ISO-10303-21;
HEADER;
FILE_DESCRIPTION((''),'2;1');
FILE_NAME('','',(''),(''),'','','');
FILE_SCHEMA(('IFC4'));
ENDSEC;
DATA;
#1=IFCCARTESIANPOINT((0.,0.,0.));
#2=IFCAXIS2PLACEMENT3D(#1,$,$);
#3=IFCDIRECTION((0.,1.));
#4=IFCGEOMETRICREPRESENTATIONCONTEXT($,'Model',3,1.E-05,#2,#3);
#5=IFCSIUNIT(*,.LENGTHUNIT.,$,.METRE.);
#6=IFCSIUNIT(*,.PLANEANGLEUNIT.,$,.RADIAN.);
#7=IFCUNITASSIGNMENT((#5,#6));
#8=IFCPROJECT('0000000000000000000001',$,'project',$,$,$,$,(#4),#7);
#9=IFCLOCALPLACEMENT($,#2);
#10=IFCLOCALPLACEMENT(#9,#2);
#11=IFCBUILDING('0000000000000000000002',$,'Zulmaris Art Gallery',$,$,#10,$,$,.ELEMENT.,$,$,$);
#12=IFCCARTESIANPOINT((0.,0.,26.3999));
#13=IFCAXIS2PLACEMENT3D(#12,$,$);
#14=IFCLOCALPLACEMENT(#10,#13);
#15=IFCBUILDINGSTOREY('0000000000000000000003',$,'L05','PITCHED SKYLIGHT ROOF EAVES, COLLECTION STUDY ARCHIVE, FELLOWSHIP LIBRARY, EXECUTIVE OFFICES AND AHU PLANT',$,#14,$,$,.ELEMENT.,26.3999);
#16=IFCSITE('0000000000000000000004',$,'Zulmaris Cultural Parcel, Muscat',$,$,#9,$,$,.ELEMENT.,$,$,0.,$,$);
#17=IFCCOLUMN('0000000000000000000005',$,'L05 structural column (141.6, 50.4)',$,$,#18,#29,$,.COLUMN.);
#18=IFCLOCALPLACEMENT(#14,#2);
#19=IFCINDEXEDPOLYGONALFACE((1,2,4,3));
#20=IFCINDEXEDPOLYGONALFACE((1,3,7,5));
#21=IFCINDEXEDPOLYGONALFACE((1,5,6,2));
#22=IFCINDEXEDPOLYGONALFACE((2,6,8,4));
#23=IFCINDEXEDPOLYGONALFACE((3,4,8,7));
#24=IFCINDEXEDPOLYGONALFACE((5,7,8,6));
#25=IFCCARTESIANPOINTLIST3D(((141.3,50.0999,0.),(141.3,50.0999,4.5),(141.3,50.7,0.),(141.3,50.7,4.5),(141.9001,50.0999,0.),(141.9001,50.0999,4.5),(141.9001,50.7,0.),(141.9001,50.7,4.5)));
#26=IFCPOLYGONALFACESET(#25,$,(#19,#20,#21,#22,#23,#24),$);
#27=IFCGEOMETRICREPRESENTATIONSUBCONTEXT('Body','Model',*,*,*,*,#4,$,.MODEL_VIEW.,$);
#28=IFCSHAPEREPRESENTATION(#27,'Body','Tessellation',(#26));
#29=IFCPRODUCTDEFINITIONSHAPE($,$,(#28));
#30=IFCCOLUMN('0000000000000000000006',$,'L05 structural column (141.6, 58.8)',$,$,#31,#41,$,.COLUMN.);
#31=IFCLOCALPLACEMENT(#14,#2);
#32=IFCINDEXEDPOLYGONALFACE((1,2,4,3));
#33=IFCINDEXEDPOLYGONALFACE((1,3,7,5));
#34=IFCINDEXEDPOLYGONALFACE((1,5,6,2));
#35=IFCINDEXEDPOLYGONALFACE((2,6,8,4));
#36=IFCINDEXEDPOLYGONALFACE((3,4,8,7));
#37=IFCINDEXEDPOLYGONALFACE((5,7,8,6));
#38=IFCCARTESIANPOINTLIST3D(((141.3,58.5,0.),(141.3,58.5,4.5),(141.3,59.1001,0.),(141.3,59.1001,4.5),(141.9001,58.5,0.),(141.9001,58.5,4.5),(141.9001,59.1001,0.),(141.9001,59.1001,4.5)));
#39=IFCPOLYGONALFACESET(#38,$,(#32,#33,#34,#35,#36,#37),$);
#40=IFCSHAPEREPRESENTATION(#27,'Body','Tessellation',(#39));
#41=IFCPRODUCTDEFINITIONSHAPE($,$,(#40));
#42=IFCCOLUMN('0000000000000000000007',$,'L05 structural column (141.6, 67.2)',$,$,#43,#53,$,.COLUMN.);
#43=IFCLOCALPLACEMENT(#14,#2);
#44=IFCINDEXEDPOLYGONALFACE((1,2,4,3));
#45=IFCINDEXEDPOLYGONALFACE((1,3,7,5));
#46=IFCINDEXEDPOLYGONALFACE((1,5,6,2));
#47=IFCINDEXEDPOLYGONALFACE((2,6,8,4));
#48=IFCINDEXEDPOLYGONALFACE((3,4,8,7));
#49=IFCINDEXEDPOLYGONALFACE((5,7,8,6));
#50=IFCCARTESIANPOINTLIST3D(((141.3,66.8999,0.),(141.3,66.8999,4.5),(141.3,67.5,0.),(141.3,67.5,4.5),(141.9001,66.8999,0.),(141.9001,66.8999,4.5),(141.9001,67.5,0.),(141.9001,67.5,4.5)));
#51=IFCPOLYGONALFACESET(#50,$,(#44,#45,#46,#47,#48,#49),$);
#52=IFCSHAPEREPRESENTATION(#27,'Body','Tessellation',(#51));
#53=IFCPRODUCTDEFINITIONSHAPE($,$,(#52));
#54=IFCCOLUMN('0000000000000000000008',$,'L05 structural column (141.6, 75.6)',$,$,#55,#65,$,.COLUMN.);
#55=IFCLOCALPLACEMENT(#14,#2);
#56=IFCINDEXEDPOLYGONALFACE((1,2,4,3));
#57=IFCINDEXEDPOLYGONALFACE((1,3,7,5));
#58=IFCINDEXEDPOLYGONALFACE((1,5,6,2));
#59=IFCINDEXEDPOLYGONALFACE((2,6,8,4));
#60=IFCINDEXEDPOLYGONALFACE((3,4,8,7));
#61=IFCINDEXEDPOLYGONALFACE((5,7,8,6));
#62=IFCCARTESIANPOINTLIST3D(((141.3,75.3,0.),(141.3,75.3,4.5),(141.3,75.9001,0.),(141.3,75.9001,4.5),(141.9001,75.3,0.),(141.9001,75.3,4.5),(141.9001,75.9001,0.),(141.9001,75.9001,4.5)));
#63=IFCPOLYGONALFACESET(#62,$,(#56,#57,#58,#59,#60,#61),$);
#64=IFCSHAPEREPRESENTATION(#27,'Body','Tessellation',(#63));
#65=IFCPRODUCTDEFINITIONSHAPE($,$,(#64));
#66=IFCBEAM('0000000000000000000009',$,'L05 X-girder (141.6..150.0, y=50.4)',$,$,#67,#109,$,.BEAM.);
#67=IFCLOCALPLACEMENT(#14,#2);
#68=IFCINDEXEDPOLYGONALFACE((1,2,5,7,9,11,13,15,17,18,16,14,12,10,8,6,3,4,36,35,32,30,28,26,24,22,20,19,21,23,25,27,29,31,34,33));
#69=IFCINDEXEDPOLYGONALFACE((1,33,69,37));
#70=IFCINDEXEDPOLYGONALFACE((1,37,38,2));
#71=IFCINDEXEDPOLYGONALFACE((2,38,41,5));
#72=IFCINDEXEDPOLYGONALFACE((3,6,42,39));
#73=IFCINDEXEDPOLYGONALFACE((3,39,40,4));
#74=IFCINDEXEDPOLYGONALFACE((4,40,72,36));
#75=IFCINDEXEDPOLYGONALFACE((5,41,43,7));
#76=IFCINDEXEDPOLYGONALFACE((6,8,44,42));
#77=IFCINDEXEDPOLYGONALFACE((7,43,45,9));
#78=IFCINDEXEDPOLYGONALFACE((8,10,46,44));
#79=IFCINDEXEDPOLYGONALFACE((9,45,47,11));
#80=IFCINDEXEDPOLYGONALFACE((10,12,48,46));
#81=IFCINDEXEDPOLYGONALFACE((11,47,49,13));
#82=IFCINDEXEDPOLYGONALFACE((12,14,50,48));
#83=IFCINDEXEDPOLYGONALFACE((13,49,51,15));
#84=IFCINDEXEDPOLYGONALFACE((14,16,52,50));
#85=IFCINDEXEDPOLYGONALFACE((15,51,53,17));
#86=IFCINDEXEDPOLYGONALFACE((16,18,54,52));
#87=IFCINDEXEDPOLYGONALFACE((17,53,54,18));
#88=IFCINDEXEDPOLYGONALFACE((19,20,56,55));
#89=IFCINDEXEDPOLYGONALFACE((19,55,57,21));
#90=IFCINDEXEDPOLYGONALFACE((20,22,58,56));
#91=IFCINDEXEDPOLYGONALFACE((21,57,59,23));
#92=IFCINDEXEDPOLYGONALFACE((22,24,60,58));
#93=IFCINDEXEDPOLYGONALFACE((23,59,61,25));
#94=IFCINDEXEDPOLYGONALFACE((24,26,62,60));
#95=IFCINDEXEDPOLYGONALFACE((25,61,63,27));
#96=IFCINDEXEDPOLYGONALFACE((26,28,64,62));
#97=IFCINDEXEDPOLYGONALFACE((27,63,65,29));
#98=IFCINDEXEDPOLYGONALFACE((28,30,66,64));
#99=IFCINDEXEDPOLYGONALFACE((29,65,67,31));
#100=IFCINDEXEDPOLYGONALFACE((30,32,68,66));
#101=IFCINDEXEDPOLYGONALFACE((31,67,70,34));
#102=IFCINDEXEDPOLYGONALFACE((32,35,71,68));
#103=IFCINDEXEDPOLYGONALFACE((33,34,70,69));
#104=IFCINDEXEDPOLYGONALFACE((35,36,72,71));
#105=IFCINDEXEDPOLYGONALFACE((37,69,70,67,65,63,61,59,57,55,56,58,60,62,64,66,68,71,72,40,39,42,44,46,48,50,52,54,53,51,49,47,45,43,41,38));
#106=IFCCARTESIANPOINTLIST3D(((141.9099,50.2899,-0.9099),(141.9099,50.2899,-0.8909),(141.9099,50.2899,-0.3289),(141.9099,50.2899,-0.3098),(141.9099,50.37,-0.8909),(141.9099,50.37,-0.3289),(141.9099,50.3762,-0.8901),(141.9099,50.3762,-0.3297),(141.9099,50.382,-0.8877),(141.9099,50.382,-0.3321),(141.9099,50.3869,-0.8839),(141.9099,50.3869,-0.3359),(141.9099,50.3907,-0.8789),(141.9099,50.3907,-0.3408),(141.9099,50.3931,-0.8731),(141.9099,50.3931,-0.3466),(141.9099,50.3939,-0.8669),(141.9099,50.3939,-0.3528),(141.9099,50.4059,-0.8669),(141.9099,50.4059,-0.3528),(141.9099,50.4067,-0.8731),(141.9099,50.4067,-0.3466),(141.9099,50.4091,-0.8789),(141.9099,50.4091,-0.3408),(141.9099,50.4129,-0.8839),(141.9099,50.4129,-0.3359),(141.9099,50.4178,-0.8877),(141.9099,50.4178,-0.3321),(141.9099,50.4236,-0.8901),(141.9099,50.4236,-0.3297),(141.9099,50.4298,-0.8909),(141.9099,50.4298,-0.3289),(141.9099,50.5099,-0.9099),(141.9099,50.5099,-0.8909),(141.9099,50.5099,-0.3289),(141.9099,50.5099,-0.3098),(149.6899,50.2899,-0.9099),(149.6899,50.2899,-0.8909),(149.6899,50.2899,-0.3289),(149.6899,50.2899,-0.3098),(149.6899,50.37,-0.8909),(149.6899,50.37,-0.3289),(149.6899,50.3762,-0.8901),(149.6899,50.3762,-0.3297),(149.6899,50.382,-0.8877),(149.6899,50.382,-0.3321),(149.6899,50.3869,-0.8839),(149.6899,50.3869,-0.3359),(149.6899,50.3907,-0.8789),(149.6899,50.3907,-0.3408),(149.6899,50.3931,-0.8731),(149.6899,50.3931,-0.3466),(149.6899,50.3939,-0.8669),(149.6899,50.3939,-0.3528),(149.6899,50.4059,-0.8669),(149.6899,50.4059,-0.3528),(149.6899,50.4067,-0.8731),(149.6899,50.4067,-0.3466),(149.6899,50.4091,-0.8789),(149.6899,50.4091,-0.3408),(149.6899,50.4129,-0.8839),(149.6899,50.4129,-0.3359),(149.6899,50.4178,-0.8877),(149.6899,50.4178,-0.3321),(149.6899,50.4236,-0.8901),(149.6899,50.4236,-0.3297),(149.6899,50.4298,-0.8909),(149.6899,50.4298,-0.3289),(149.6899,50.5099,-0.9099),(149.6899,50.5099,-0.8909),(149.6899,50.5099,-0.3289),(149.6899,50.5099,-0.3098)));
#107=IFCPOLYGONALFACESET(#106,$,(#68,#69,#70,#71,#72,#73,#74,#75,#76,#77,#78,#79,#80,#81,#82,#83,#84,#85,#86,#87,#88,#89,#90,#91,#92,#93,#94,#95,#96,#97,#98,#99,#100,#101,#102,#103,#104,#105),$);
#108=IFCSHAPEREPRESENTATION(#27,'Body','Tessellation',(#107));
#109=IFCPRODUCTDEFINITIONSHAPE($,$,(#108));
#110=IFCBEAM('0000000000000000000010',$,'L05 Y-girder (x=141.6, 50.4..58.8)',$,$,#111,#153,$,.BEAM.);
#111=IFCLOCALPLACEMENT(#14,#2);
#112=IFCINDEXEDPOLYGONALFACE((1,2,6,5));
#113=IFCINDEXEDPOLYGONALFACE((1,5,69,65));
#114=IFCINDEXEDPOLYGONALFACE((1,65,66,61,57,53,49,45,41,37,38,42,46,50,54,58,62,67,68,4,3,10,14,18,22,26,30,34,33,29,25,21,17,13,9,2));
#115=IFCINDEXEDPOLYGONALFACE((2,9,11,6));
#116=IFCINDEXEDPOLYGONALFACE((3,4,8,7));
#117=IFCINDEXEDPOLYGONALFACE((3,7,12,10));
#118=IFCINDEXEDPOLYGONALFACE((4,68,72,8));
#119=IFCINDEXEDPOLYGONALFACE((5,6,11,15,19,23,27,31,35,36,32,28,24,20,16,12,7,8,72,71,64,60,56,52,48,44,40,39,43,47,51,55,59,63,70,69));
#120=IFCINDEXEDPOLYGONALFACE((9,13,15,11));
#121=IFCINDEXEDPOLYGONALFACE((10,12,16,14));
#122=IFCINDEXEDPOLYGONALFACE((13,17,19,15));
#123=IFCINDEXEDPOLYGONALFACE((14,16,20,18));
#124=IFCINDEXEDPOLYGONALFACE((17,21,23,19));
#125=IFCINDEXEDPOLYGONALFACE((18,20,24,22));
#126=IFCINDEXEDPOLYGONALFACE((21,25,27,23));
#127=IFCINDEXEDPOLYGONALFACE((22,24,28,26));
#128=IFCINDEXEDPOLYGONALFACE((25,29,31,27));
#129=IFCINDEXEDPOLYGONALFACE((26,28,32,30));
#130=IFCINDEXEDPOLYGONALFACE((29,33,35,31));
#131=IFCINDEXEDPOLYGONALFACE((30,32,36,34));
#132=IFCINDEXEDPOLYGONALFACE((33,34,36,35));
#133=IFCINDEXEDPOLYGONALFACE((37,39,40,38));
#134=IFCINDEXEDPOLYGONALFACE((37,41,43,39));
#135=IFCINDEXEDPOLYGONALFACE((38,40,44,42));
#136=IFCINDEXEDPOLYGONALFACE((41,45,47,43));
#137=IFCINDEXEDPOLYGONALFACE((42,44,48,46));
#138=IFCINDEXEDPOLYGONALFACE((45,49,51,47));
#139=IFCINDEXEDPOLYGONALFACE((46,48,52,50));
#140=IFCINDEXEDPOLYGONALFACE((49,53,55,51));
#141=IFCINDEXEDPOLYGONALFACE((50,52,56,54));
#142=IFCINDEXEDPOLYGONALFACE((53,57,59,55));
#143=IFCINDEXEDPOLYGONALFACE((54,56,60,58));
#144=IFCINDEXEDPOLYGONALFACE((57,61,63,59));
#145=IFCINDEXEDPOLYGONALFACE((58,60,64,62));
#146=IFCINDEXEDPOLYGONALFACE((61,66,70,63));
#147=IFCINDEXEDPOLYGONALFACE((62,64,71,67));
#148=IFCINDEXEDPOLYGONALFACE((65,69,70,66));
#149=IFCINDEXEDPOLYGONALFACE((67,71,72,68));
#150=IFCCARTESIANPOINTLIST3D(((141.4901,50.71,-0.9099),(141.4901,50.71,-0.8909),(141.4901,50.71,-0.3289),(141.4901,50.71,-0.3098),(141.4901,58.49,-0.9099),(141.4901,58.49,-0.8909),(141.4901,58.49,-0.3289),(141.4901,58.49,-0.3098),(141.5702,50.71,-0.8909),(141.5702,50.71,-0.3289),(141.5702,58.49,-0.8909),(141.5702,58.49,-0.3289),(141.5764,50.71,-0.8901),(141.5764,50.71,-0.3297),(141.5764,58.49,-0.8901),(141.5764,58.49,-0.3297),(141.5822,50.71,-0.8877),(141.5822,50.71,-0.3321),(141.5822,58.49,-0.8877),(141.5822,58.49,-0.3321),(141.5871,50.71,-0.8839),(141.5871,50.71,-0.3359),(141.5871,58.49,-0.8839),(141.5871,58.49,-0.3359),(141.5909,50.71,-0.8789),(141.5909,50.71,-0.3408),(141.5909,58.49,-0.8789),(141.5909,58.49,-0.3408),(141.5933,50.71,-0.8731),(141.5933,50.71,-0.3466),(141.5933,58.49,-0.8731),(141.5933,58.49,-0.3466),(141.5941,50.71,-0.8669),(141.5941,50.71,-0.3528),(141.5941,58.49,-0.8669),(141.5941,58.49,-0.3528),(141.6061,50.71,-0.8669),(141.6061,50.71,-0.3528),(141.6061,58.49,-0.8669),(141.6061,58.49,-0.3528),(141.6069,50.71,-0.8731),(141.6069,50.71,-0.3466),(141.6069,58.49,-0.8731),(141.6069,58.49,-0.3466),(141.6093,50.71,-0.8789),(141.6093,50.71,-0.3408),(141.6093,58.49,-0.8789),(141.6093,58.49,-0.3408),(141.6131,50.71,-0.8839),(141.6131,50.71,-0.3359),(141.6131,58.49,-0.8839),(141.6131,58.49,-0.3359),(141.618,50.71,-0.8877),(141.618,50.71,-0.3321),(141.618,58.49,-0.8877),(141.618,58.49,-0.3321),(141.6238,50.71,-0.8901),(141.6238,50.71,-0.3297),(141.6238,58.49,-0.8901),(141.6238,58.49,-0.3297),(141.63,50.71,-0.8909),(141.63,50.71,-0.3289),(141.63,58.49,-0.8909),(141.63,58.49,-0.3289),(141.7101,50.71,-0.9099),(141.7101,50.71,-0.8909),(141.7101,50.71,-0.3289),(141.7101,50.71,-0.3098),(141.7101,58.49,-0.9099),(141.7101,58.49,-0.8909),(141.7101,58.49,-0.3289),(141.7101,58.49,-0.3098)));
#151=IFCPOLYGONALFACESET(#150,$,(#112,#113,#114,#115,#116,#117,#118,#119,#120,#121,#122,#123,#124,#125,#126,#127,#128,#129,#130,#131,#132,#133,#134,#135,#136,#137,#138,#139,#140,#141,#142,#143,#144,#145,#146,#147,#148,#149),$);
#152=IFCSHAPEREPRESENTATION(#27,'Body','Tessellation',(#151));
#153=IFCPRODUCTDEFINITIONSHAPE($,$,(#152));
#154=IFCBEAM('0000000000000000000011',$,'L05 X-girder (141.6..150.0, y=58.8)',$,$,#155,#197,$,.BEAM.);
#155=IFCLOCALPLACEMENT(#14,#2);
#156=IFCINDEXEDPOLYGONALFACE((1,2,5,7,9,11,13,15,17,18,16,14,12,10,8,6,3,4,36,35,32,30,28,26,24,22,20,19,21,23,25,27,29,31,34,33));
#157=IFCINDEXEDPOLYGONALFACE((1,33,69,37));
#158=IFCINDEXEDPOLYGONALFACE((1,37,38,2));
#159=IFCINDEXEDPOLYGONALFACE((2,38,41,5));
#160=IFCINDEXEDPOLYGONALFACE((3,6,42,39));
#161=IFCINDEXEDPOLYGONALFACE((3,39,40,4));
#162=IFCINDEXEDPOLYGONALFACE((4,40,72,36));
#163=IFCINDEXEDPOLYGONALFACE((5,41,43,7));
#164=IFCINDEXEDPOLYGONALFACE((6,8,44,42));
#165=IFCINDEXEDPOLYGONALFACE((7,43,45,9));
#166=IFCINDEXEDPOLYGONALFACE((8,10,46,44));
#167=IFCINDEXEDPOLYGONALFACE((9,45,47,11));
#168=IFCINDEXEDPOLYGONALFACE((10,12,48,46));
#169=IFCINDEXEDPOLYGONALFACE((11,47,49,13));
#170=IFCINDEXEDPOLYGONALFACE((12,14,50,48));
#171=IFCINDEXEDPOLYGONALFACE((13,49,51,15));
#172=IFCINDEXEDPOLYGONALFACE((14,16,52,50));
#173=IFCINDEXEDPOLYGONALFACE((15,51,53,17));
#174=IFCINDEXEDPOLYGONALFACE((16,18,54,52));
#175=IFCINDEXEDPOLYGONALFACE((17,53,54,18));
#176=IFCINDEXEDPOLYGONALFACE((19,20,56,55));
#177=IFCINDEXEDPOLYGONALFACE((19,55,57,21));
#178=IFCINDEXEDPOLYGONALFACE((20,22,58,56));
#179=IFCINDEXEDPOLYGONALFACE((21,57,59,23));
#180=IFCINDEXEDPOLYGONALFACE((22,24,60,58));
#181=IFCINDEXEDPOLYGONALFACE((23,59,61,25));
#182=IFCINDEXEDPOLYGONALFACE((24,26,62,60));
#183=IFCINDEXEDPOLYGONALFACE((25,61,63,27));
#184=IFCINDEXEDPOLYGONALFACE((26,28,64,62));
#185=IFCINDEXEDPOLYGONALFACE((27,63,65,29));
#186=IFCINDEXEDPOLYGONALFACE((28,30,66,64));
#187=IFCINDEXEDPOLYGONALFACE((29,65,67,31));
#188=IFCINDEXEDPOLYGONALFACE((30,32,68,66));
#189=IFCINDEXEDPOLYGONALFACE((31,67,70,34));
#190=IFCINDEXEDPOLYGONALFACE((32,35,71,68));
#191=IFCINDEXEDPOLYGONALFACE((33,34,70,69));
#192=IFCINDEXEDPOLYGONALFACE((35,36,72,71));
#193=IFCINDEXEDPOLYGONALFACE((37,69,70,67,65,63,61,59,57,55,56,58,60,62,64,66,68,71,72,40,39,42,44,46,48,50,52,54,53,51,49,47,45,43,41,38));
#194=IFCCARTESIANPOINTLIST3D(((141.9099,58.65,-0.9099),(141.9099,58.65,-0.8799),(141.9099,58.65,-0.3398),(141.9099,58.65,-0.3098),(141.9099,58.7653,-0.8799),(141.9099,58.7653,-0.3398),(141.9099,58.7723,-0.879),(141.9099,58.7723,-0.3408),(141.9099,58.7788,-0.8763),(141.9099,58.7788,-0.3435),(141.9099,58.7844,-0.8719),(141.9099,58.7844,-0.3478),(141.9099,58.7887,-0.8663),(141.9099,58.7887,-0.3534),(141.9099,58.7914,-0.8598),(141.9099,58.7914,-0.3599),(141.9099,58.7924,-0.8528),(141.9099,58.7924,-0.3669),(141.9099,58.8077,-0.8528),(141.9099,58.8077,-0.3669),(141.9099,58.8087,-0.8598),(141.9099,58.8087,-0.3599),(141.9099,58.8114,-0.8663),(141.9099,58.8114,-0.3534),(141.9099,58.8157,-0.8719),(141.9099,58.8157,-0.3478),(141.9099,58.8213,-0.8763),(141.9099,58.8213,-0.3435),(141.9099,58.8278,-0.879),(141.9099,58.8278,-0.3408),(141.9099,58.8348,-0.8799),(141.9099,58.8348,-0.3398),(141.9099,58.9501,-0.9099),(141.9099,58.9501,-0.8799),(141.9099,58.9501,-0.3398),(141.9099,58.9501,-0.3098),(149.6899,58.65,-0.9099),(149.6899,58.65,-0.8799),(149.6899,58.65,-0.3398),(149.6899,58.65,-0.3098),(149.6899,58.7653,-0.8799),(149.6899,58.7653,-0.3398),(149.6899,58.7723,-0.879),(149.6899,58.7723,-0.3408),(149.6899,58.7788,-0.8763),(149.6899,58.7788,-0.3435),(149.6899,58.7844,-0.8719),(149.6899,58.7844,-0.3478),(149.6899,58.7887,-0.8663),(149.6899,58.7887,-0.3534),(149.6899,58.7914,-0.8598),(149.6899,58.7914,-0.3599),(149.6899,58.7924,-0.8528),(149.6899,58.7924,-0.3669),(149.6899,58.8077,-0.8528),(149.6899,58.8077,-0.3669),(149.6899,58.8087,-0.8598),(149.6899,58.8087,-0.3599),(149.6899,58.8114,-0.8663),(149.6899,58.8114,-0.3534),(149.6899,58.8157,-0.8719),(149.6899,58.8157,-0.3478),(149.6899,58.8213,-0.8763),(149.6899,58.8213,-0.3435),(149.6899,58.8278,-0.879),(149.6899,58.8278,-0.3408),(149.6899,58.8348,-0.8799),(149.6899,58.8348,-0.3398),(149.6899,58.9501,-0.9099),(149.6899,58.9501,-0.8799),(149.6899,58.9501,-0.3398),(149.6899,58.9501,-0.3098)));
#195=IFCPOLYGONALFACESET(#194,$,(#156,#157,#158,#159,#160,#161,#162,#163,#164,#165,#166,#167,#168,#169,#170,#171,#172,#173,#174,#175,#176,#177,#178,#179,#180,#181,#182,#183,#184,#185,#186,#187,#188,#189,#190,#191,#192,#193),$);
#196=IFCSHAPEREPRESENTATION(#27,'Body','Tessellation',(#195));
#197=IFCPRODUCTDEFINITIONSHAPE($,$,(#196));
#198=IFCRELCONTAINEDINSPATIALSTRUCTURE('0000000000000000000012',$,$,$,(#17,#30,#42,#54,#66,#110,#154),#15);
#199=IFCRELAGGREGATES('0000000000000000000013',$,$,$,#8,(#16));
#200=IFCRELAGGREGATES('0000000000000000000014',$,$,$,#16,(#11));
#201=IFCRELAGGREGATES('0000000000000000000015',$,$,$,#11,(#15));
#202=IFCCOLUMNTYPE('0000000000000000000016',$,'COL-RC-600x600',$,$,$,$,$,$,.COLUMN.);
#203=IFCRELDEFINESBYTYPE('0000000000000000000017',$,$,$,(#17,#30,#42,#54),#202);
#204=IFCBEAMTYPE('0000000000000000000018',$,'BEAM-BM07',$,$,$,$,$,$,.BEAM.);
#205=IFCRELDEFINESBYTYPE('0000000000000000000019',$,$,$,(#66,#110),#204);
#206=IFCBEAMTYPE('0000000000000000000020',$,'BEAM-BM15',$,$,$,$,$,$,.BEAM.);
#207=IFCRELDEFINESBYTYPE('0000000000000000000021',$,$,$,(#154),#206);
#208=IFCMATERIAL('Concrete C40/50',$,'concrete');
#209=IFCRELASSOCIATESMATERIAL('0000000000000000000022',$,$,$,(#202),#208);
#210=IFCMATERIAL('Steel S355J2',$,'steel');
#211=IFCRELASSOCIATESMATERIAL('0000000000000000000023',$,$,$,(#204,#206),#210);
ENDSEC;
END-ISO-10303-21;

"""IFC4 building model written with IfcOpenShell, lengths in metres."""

from ifc_helpers import new_model, si_unit, direction, frame, origin, origin_2d, place, context, subcontext, project, spatial, rectangle, i_section, extrude, material, material_profile, profile_set, type_object, element, save


model = new_model("IFC4")

# Units and contexts
model_context = context("Model", 3, precision=1e-05, world=origin(), true_north=direction((0.0, 1.0)))
body_context = subcontext(model_context, "Body", "Model", "MODEL_VIEW")
ifc_project = project(units=[si_unit("LENGTHUNIT", "METRE"), si_unit("PLANEANGLEUNIT", "RADIAN")], contexts=[model_context])

# Site, building, storey
site_placement = place(None, origin())
site = spatial("IfcSite", under=ifc_project, at=site_placement, Name="Zulmaris Cultural Parcel, Muscat", CompositionType="ELEMENT", RefElevation=0.0)
building_placement = place(site_placement, origin())
building = spatial("IfcBuilding", under=site, at=building_placement, Name="Zulmaris Art Gallery", CompositionType="ELEMENT")
storey_placement = place(building_placement, frame((0.0, 0.0, 26.3999)))
storey = spatial("IfcBuildingStorey", under=building, at=storey_placement, Name="L05", Description="PITCHED SKYLIGHT ROOF EAVES, COLLECTION STUDY ARCHIVE, FELLOWSHIP LIBRARY, EXECUTIVE OFFICES AND AHU PLANT", CompositionType="ELEMENT", Elevation=26.3999)

# Columns
ifc_material_1 = material(Name="Concrete C40/50", Category="concrete")
ifc_material_profile_1 = material_profile(ifc_material_1, rectangle(XDim=0.6001, YDim=0.6001, at=origin_2d()), Name="RC 600x600")
ifc_profile_set_1 = profile_set([ifc_material_profile_1], Name="Concrete C40/50")
column_type = type_object("IfcColumnType", Name="COL-RC-600x600", PredefinedType="COLUMN", material=ifc_profile_set_1)
for number, where, z_axis, x_axis, name in (
    (1, (141.6001, 50.3999, 0.0), (0.0, 0.0, 1.0), (1.0, 0.0, 0.0), "L05 structural column (141.6, 50.4)"),
    (2, (141.6001, 58.8, 0.0), (0.0, 0.0, 1.0), (1.0, 0.0, 0.0), "L05 structural column (141.6, 58.8)"),
    (3, (141.6001, 67.2, 0.0), (0.0, 0.0, 1.0), (1.0, 0.0, 0.0), "L05 structural column (141.6, 67.2)"),
    (4, (141.6001, 75.6001, 0.0), (0.0, 0.0, 1.0), (1.0, 0.0, 0.0), "L05 structural column (141.6, 75.6)"),
):
    element("IfcColumn", number, at=place(storey_placement, frame(where, z_axis=z_axis, x_axis=x_axis)), inside=storey, type_object=column_type, Name=name, PredefinedType="COLUMN", context=body_context, shape_type="SweptSolid", body=[
        extrude(rectangle(XDim=0.6001, YDim=0.6001, at=origin_2d()), origin(), (0.0, 0.0, 1.0), 4.5),
    ])

# Beams
ifc_material_2 = material(Name="Steel S355J2", Category="steel")
ifc_material_profile_2 = material_profile(ifc_material_2, i_section(OverallWidth=0.22, OverallDepth=0.6001, WebThickness=0.012, FlangeThickness=0.019, FilletRadius=0.0239, at=origin_2d()), Name="IPE 600")
ifc_profile_set_2 = profile_set([ifc_material_profile_2], Name="Steel S355J2")
beam_type_1 = type_object("IfcBeamType", Name="BEAM-BM07", PredefinedType="BEAM", material=ifc_profile_set_2)
for number, where, z_axis, x_axis, name in (
    (5, (141.9099, 50.3999, -0.6099), (1.0, 0.0, 0.0), (0.0, 1.0, 0.0), "L05 X-girder (141.6..150.0, y=50.4)"),
    (6, (141.6001, 50.71, -0.6099), (0.0, 1.0, 0.0), (-1.0, 0.0, 0.0), "L05 Y-girder (x=141.6, 50.4..58.8)"),
):
    element("IfcBeam", number, at=place(storey_placement, frame(where, z_axis=z_axis, x_axis=x_axis)), inside=storey, type_object=beam_type_1, Name=name, PredefinedType="BEAM", context=body_context, shape_type="SweptSolid", body=[
        extrude(i_section(OverallWidth=0.22, OverallDepth=0.6001, WebThickness=0.012, FlangeThickness=0.019, FilletRadius=0.0239, at=origin_2d()), origin(), (0.0, 0.0, 1.0), 7.78),
    ])
ifc_material_profile_3 = material_profile(ifc_material_2, i_section(OverallWidth=0.3, OverallDepth=0.6001, WebThickness=0.0154, FlangeThickness=0.03, FilletRadius=0.0271, at=origin_2d()), Name="HEB 600")
ifc_profile_set_3 = profile_set([ifc_material_profile_3], Name="Steel S355J2")
beam_type_2 = type_object("IfcBeamType", Name="BEAM-BM15", PredefinedType="BEAM", material=ifc_profile_set_3)
beam_1_placement = place(storey_placement, frame((141.9099, 58.8, -0.6099), z_axis=(1.0, 0.0, 0.0), x_axis=(0.0, 1.0, 0.0)))
element("IfcBeam", 7, at=beam_1_placement, inside=storey, type_object=beam_type_2, Name="L05 X-girder (141.6..150.0, y=58.8)", PredefinedType="BEAM", context=body_context, shape_type="SweptSolid", body=[
    extrude(i_section(OverallWidth=0.3, OverallDepth=0.6001, WebThickness=0.0154, FlangeThickness=0.03, FilletRadius=0.0271, at=origin_2d()), origin(), (0.0, 0.0, 1.0), 7.78),
])

save(model, "model.ifc")
